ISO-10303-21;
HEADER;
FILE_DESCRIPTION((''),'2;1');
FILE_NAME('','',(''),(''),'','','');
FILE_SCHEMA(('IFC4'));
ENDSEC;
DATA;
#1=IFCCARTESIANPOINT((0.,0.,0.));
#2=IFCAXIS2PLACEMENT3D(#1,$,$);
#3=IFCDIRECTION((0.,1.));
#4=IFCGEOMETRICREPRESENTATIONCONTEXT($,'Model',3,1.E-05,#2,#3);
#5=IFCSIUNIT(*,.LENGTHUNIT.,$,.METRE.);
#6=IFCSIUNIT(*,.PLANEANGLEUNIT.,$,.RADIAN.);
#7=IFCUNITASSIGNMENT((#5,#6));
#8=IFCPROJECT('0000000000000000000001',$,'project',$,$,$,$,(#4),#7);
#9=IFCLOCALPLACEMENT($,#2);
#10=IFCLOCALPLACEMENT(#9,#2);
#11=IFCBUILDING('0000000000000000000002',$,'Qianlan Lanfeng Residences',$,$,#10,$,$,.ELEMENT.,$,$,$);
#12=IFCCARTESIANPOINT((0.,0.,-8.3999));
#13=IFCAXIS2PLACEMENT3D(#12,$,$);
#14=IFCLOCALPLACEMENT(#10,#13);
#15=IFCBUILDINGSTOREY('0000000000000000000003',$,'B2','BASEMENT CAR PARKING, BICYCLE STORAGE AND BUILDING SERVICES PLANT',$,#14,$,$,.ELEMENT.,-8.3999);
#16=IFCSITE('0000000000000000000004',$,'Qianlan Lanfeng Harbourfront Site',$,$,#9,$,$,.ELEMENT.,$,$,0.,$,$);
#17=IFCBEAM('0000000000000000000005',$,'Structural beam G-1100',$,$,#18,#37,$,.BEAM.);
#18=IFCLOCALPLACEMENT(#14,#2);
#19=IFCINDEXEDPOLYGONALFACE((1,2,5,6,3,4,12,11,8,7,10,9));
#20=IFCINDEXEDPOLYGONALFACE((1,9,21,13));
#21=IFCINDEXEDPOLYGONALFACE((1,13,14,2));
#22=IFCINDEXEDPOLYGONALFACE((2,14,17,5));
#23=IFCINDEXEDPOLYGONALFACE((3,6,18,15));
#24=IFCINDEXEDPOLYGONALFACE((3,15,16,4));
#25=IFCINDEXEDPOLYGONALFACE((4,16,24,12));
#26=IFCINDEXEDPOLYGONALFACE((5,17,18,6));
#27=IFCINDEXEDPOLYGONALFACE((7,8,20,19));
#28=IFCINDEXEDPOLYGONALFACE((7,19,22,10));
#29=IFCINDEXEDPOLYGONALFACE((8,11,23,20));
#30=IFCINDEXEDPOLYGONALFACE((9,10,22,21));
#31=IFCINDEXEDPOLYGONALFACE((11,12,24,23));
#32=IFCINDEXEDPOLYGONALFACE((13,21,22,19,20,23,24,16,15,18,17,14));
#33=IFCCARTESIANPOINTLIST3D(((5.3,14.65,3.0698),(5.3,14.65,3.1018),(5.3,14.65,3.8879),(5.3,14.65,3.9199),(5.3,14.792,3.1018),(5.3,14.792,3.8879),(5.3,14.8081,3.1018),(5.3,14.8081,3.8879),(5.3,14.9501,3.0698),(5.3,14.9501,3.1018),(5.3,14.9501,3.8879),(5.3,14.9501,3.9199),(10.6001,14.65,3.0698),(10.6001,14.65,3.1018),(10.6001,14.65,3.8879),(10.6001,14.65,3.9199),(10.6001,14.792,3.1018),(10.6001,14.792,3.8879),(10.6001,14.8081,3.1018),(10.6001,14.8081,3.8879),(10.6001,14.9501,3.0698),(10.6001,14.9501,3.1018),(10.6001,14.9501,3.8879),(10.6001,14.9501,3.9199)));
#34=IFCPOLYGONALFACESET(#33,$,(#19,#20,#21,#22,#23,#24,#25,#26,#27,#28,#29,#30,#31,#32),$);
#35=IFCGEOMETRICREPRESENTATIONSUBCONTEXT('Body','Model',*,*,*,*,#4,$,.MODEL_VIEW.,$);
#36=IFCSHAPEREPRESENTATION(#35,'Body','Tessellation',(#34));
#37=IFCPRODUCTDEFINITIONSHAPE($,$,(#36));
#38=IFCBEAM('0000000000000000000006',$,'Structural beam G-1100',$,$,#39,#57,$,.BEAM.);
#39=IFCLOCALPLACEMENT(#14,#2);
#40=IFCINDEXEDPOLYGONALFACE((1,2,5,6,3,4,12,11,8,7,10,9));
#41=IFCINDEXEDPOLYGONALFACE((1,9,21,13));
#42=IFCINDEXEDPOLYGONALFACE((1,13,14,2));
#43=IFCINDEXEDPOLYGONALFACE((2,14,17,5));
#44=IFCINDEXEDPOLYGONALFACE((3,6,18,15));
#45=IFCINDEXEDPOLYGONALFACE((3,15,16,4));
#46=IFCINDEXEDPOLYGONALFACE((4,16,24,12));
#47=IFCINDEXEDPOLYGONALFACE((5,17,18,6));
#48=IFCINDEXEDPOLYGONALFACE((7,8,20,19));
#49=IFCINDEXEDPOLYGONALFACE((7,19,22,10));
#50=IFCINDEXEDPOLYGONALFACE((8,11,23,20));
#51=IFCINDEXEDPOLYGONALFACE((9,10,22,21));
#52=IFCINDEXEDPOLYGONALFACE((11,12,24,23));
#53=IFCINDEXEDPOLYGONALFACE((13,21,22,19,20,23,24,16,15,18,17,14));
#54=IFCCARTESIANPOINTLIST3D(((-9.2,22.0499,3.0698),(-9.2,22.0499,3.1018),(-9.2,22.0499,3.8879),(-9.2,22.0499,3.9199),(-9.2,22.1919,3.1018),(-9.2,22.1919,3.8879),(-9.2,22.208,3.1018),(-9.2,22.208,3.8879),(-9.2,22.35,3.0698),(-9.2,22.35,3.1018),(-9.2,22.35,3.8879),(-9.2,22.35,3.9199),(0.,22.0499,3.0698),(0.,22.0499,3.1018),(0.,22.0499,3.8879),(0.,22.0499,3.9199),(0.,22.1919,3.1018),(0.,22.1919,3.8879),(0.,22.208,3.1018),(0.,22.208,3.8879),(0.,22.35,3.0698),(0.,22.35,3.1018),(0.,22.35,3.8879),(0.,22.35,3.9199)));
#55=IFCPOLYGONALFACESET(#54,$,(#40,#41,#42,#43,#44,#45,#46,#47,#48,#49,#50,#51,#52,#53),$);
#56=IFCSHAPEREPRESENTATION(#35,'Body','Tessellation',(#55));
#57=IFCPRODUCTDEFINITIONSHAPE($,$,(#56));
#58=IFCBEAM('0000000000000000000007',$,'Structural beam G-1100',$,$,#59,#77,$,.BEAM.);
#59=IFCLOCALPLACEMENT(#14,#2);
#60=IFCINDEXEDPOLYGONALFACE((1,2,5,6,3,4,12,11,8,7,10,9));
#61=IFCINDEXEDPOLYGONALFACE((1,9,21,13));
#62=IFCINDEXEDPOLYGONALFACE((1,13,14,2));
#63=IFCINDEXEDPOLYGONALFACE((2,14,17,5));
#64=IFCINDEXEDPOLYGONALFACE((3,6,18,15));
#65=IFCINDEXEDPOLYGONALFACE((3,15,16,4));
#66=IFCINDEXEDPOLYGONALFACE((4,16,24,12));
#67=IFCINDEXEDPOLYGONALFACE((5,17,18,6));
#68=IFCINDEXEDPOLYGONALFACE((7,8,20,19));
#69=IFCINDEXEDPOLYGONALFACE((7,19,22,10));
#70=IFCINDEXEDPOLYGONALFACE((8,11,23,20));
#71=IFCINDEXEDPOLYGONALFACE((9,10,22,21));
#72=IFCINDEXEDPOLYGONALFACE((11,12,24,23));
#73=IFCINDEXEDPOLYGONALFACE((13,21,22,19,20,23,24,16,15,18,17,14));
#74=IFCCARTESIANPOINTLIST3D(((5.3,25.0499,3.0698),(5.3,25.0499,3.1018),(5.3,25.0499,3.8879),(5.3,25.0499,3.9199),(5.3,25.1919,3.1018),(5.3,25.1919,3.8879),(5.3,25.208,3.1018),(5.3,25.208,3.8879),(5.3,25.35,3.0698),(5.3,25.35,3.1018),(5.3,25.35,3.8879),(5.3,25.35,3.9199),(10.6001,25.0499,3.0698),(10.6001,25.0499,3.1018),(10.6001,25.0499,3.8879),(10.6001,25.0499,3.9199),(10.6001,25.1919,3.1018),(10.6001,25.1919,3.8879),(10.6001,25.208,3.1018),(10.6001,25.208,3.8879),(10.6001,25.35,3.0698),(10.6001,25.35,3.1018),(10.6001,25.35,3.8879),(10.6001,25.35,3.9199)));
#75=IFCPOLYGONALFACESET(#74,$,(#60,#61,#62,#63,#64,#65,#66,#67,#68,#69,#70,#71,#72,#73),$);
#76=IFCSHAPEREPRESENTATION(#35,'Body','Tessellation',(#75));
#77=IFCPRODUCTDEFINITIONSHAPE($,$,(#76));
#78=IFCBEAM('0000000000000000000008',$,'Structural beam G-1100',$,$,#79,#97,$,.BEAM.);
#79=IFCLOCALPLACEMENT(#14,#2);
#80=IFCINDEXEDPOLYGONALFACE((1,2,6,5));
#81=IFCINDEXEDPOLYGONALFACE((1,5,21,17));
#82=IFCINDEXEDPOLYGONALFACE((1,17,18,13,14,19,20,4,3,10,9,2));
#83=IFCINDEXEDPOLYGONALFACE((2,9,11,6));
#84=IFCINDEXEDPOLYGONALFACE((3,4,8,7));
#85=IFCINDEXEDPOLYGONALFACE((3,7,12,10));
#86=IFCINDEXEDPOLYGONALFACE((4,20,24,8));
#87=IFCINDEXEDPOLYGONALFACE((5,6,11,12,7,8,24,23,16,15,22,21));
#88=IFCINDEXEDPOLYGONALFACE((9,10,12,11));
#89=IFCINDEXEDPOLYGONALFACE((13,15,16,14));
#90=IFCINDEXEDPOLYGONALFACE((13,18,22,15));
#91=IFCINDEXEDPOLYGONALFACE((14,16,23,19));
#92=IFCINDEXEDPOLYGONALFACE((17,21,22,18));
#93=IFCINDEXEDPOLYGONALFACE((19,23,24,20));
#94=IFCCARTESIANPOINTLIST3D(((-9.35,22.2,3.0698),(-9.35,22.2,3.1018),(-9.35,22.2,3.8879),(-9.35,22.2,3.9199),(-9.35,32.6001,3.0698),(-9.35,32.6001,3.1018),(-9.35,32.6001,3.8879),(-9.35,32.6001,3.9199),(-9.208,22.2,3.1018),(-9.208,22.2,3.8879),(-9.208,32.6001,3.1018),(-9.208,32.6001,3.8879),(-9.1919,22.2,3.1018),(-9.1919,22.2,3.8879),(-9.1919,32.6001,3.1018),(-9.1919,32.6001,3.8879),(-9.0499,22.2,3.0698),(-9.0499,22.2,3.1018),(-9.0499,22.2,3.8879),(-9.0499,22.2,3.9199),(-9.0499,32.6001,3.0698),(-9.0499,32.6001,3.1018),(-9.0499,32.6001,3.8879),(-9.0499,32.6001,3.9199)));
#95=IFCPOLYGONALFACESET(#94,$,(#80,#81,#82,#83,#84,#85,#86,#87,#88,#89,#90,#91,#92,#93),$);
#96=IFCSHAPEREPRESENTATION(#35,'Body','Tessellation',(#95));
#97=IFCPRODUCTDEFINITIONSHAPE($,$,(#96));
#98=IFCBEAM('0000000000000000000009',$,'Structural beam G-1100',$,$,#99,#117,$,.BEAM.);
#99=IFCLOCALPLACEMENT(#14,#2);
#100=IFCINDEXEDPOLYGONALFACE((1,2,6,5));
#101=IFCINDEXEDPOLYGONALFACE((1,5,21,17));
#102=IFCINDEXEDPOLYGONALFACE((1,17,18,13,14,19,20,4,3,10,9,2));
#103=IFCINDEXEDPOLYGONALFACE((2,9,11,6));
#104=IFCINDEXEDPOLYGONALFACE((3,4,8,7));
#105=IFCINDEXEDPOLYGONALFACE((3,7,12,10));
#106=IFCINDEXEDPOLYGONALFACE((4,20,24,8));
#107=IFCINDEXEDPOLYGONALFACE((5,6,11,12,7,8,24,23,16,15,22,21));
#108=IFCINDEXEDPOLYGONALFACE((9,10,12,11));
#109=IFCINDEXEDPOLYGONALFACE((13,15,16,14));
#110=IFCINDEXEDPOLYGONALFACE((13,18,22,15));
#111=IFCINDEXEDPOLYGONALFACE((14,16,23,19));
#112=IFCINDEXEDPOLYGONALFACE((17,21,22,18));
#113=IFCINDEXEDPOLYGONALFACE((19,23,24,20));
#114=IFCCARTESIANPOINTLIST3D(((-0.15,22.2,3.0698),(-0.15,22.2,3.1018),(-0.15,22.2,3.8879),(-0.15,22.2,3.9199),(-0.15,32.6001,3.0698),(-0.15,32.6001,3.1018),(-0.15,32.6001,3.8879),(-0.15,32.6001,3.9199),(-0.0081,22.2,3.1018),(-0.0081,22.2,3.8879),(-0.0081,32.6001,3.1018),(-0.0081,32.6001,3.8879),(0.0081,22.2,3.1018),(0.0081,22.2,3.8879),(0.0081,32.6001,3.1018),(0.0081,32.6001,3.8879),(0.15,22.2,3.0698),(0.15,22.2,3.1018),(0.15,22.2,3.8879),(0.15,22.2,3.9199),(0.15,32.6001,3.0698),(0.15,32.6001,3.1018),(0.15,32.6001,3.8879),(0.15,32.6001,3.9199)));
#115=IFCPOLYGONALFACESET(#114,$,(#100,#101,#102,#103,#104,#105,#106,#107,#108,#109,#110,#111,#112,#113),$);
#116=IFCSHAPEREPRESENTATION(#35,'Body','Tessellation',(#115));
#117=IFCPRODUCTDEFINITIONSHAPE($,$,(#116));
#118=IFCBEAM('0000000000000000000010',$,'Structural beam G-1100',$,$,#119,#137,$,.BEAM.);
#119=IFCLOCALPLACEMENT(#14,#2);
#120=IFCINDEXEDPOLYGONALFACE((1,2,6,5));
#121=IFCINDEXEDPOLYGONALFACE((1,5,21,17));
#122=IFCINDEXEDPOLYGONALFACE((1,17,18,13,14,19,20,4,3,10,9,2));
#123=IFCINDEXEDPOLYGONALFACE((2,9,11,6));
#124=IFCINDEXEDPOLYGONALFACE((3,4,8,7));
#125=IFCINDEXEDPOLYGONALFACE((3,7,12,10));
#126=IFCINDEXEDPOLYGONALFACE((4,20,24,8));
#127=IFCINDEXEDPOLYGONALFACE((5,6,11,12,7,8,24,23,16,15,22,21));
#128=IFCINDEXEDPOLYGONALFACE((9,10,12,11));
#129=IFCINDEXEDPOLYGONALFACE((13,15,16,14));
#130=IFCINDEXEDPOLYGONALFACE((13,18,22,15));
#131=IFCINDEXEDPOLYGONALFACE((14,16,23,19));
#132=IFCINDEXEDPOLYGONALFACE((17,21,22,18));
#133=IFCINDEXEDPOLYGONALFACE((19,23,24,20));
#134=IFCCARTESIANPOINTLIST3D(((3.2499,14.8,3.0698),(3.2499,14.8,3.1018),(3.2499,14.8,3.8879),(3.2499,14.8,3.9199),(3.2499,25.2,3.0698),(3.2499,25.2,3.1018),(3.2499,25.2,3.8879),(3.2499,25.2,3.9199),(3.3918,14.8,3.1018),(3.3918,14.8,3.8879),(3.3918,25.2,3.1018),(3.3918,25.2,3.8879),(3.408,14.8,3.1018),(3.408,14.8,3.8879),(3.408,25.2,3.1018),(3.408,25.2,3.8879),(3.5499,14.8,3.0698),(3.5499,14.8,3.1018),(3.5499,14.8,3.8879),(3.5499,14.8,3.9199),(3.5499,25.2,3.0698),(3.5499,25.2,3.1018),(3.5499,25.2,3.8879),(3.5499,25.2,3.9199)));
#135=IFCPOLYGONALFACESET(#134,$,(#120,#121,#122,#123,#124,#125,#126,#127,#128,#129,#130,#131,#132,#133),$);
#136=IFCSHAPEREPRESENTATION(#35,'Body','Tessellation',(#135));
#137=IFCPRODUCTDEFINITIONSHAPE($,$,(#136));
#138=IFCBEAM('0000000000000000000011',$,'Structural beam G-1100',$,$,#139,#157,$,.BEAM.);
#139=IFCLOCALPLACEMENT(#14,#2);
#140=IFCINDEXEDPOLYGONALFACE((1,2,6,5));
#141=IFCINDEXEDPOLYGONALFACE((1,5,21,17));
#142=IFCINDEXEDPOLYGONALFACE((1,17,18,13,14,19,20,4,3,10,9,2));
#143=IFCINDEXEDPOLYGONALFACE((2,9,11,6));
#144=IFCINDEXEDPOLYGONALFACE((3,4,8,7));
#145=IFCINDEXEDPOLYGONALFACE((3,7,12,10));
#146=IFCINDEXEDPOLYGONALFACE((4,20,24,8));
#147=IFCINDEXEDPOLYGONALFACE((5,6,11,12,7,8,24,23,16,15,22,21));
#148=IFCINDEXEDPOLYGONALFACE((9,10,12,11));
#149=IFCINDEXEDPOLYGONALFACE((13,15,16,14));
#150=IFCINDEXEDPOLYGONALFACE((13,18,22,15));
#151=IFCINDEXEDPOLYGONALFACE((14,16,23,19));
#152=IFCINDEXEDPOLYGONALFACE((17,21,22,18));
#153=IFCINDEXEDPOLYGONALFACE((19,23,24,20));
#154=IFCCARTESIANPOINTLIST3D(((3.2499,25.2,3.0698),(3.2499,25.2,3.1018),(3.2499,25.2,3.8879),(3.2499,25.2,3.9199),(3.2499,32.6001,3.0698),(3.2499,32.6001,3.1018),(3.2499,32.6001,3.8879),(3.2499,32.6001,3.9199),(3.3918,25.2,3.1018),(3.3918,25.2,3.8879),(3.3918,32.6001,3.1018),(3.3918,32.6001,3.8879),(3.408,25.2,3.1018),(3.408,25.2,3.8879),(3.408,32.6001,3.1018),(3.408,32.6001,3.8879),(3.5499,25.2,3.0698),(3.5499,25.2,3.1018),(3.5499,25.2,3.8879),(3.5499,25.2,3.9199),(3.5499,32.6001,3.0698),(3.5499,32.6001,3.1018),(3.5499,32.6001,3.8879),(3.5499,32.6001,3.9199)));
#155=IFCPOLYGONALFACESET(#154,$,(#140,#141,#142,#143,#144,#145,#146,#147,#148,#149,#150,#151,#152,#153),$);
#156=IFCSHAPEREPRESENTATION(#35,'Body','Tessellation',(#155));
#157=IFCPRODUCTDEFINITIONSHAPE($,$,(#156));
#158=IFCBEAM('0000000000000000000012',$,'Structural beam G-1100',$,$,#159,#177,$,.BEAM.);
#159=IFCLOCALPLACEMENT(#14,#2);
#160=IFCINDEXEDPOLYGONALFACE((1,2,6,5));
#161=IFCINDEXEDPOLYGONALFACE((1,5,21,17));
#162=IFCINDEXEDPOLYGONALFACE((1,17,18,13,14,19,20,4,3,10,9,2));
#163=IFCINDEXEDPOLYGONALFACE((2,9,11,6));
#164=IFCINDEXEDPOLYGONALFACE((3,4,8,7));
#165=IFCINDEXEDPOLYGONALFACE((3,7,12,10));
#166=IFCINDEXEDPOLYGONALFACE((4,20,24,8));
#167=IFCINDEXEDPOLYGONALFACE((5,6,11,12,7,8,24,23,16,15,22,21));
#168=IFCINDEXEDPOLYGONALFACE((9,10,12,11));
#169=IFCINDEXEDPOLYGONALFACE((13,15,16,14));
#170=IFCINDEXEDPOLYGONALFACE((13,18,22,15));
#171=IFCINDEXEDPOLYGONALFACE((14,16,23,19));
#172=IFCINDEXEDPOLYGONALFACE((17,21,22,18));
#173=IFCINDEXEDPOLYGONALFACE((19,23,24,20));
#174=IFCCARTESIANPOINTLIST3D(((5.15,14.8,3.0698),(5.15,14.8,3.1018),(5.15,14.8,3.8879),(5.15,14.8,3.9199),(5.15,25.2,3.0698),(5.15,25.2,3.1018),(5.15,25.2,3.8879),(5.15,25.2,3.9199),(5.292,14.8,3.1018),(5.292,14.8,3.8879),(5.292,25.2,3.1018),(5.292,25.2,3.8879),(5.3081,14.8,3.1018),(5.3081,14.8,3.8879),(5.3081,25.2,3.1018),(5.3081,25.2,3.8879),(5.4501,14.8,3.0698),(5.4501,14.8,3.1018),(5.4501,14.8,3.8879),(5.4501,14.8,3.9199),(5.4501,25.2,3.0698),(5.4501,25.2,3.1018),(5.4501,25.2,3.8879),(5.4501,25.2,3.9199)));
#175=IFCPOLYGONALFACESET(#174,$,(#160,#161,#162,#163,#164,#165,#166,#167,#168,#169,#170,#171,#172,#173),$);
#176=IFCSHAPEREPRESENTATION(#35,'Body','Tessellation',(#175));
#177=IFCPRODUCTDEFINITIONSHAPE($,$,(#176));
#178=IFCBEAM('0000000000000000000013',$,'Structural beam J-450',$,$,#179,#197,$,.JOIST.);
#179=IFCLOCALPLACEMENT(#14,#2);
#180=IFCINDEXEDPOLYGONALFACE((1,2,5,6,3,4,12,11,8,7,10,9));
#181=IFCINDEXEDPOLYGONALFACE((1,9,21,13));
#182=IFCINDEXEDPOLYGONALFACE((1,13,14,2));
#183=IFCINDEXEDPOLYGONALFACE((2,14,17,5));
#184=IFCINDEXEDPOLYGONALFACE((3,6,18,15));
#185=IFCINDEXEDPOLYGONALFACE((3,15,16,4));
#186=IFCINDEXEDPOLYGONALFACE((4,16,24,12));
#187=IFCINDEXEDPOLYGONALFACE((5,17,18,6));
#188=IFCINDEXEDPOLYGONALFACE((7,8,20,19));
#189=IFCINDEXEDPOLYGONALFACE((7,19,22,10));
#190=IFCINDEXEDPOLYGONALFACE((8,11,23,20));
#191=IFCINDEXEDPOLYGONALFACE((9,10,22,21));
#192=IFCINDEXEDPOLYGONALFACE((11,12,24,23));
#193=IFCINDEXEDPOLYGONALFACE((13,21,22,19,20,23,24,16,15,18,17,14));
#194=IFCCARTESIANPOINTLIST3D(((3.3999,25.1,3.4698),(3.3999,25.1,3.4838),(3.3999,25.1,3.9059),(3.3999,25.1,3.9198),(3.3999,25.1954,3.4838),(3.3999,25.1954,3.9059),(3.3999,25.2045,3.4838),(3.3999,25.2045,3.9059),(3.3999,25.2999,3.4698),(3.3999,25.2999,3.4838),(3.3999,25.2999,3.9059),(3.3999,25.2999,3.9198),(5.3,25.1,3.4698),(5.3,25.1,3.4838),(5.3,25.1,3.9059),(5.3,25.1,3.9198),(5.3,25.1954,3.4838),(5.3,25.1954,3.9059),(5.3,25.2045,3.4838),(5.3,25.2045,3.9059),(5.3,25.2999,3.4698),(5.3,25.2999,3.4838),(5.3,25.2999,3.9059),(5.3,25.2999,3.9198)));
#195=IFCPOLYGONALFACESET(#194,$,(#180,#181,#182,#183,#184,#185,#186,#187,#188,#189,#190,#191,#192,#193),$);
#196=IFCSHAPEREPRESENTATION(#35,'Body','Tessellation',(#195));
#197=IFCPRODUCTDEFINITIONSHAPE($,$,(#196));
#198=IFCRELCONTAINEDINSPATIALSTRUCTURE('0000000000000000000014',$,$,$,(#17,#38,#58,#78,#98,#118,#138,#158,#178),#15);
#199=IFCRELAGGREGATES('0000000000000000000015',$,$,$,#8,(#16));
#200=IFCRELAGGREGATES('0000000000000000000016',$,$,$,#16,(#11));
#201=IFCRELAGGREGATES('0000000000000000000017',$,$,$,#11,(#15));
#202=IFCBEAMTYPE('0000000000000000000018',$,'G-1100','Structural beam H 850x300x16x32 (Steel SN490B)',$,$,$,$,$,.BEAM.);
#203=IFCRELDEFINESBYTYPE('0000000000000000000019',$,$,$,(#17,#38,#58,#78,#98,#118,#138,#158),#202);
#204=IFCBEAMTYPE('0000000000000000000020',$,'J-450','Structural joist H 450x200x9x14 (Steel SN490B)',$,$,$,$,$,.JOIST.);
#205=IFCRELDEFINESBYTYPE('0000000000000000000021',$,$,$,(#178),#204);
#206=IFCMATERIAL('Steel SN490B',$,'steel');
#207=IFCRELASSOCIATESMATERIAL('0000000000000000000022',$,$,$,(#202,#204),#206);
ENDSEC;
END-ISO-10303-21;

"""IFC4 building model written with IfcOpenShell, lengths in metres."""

from ifc_helpers import new_model, si_unit, direction, frame, origin, origin_2d, place, context, subcontext, project, spatial, i_section, extrude, material, material_profile, profile_set, type_object, element, save


model = new_model("IFC4")

# Units and contexts
model_context = context("Model", 3, precision=1e-05, world=origin(), true_north=direction((0.0, 1.0)))
body_context = subcontext(model_context, "Body", "Model", "MODEL_VIEW")
ifc_project = project(units=[si_unit("LENGTHUNIT", "METRE"), si_unit("PLANEANGLEUNIT", "RADIAN")], contexts=[model_context])

# Site, building, storey
site_placement = place(None, origin())
site = spatial("IfcSite", under=ifc_project, at=site_placement, Name="Qianlan Lanfeng Harbourfront Site", CompositionType="ELEMENT", RefElevation=0.0)
building_placement = place(site_placement, origin())
building = spatial("IfcBuilding", under=site, at=building_placement, Name="Qianlan Lanfeng Residences", CompositionType="ELEMENT")
storey_placement = place(building_placement, frame((0.0, 0.0, -8.3999)))
storey = spatial("IfcBuildingStorey", under=building, at=storey_placement, Name="B2", Description="BASEMENT CAR PARKING, BICYCLE STORAGE AND BUILDING SERVICES PLANT", CompositionType="ELEMENT", Elevation=-8.3999)

# Beams
ifc_material_1 = material(Name="Steel SN490B", Category="steel")
ifc_material_profile_1 = material_profile(ifc_material_1, i_section(OverallWidth=0.3, OverallDepth=0.8501, WebThickness=0.0161, FlangeThickness=0.032, at=origin_2d()), Name="H 850x300x16x32")
ifc_profile_set_1 = profile_set([ifc_material_profile_1], Name="Steel SN490B")
beam_type_1 = type_object("IfcBeamType", Name="G-1100", Description="Structural beam H 850x300x16x32 (Steel SN490B)", PredefinedType="BEAM", material=ifc_profile_set_1)
beam_1_placement = place(storey_placement, frame((5.3, 14.8, 3.4949), z_axis=(1.0, 0.0, 0.0), x_axis=(0.0, 1.0, 0.0)))
element("IfcBeam", 1, at=beam_1_placement, inside=storey, type_object=beam_type_1, Name="Structural beam G-1100", PredefinedType="BEAM", context=body_context, shape_type="SweptSolid", body=[
    extrude(i_section(OverallWidth=0.3, OverallDepth=0.8501, WebThickness=0.0161, FlangeThickness=0.032, at=origin_2d()), origin(), (0.0, 0.0, 1.0), 5.3),
])
beam_2_placement = place(storey_placement, frame((-9.2, 22.2, 3.4949), z_axis=(1.0, 0.0, 0.0), x_axis=(0.0, 1.0, 0.0)))
element("IfcBeam", 2, at=beam_2_placement, inside=storey, type_object=beam_type_1, Name="Structural beam G-1100", PredefinedType="BEAM", context=body_context, shape_type="SweptSolid", body=[
    extrude(i_section(OverallWidth=0.3, OverallDepth=0.8501, WebThickness=0.0161, FlangeThickness=0.032, at=origin_2d()), origin(), (0.0, 0.0, 1.0), 9.2),
])
beam_3_placement = place(storey_placement, frame((5.3, 25.2, 3.4949), z_axis=(1.0, 0.0, 0.0), x_axis=(0.0, 1.0, 0.0)))
element("IfcBeam", 3, at=beam_3_placement, inside=storey, type_object=beam_type_1, Name="Structural beam G-1100", PredefinedType="BEAM", context=body_context, shape_type="SweptSolid", body=[
    extrude(i_section(OverallWidth=0.3, OverallDepth=0.8501, WebThickness=0.0161, FlangeThickness=0.032, at=origin_2d()), origin(), (0.0, 0.0, 1.0), 5.3),
])
for number, where, z_axis, x_axis, name in (
    (4, (-9.2, 22.2, 3.4949), (0.0, 1.0, 0.0), (-1.0, 0.0, 0.0), "Structural beam G-1100"),
    (5, (0.0, 22.2, 3.4949), (0.0, 1.0, 0.0), (-1.0, 0.0, 0.0), "Structural beam G-1100"),
):
    element("IfcBeam", number, at=place(storey_placement, frame(where, z_axis=z_axis, x_axis=x_axis)), inside=storey, type_object=beam_type_1, Name=name, PredefinedType="BEAM", context=body_context, shape_type="SweptSolid", body=[
        extrude(i_section(OverallWidth=0.3, OverallDepth=0.8501, WebThickness=0.0161, FlangeThickness=0.032, at=origin_2d()), origin(), (0.0, 0.0, 1.0), 10.4001),
    ])
beam_4_placement = place(storey_placement, frame((3.3999, 14.8, 3.4949), z_axis=(0.0, 1.0, 0.0), x_axis=(-1.0, 0.0, 0.0)))
element("IfcBeam", 6, at=beam_4_placement, inside=storey, type_object=beam_type_1, Name="Structural beam G-1100", PredefinedType="BEAM", context=body_context, shape_type="SweptSolid", body=[
    extrude(i_section(OverallWidth=0.3, OverallDepth=0.8501, WebThickness=0.0161, FlangeThickness=0.032, at=origin_2d()), origin(), (0.0, 0.0, 1.0), 10.3999),
])
beam_5_placement = place(storey_placement, frame((3.3999, 25.2, 3.4949), z_axis=(0.0, 1.0, 0.0), x_axis=(-1.0, 0.0, 0.0)))
element("IfcBeam", 7, at=beam_5_placement, inside=storey, type_object=beam_type_1, Name="Structural beam G-1100", PredefinedType="BEAM", context=body_context, shape_type="SweptSolid", body=[
    extrude(i_section(OverallWidth=0.3, OverallDepth=0.8501, WebThickness=0.0161, FlangeThickness=0.032, at=origin_2d()), origin(), (0.0, 0.0, 1.0), 7.4001),
])
beam_6_placement = place(storey_placement, frame((5.3, 14.8, 3.4949), z_axis=(0.0, 1.0, 0.0), x_axis=(-1.0, 0.0, 0.0)))
element("IfcBeam", 8, at=beam_6_placement, inside=storey, type_object=beam_type_1, Name="Structural beam G-1100", PredefinedType="BEAM", context=body_context, shape_type="SweptSolid", body=[
    extrude(i_section(OverallWidth=0.3, OverallDepth=0.8501, WebThickness=0.0161, FlangeThickness=0.032, at=origin_2d()), origin(), (0.0, 0.0, 1.0), 10.3999),
])
ifc_material_profile_2 = material_profile(ifc_material_1, i_section(OverallWidth=0.2, OverallDepth=0.45, WebThickness=0.009, FlangeThickness=0.0139, at=origin_2d()), Name="H 450x200x9x14")
ifc_profile_set_2 = profile_set([ifc_material_profile_2], Name="Steel SN490B")
beam_type_2 = type_object("IfcBeamType", Name="J-450", Description="Structural joist H 450x200x9x14 (Steel SN490B)", PredefinedType="JOIST", material=ifc_profile_set_2)
beam_7_placement = place(storey_placement, frame((3.3999, 25.2, 3.6948), z_axis=(1.0, 0.0, 0.0), x_axis=(0.0, 1.0, 0.0)))
element("IfcBeam", 9, at=beam_7_placement, inside=storey, type_object=beam_type_2, Name="Structural beam J-450", PredefinedType="JOIST", context=body_context, shape_type="SweptSolid", body=[
    extrude(i_section(OverallWidth=0.2, OverallDepth=0.45, WebThickness=0.009, FlangeThickness=0.0139, at=origin_2d()), origin(), (0.0, 0.0, 1.0), 1.9001),
])

save(model, "model.ifc")
